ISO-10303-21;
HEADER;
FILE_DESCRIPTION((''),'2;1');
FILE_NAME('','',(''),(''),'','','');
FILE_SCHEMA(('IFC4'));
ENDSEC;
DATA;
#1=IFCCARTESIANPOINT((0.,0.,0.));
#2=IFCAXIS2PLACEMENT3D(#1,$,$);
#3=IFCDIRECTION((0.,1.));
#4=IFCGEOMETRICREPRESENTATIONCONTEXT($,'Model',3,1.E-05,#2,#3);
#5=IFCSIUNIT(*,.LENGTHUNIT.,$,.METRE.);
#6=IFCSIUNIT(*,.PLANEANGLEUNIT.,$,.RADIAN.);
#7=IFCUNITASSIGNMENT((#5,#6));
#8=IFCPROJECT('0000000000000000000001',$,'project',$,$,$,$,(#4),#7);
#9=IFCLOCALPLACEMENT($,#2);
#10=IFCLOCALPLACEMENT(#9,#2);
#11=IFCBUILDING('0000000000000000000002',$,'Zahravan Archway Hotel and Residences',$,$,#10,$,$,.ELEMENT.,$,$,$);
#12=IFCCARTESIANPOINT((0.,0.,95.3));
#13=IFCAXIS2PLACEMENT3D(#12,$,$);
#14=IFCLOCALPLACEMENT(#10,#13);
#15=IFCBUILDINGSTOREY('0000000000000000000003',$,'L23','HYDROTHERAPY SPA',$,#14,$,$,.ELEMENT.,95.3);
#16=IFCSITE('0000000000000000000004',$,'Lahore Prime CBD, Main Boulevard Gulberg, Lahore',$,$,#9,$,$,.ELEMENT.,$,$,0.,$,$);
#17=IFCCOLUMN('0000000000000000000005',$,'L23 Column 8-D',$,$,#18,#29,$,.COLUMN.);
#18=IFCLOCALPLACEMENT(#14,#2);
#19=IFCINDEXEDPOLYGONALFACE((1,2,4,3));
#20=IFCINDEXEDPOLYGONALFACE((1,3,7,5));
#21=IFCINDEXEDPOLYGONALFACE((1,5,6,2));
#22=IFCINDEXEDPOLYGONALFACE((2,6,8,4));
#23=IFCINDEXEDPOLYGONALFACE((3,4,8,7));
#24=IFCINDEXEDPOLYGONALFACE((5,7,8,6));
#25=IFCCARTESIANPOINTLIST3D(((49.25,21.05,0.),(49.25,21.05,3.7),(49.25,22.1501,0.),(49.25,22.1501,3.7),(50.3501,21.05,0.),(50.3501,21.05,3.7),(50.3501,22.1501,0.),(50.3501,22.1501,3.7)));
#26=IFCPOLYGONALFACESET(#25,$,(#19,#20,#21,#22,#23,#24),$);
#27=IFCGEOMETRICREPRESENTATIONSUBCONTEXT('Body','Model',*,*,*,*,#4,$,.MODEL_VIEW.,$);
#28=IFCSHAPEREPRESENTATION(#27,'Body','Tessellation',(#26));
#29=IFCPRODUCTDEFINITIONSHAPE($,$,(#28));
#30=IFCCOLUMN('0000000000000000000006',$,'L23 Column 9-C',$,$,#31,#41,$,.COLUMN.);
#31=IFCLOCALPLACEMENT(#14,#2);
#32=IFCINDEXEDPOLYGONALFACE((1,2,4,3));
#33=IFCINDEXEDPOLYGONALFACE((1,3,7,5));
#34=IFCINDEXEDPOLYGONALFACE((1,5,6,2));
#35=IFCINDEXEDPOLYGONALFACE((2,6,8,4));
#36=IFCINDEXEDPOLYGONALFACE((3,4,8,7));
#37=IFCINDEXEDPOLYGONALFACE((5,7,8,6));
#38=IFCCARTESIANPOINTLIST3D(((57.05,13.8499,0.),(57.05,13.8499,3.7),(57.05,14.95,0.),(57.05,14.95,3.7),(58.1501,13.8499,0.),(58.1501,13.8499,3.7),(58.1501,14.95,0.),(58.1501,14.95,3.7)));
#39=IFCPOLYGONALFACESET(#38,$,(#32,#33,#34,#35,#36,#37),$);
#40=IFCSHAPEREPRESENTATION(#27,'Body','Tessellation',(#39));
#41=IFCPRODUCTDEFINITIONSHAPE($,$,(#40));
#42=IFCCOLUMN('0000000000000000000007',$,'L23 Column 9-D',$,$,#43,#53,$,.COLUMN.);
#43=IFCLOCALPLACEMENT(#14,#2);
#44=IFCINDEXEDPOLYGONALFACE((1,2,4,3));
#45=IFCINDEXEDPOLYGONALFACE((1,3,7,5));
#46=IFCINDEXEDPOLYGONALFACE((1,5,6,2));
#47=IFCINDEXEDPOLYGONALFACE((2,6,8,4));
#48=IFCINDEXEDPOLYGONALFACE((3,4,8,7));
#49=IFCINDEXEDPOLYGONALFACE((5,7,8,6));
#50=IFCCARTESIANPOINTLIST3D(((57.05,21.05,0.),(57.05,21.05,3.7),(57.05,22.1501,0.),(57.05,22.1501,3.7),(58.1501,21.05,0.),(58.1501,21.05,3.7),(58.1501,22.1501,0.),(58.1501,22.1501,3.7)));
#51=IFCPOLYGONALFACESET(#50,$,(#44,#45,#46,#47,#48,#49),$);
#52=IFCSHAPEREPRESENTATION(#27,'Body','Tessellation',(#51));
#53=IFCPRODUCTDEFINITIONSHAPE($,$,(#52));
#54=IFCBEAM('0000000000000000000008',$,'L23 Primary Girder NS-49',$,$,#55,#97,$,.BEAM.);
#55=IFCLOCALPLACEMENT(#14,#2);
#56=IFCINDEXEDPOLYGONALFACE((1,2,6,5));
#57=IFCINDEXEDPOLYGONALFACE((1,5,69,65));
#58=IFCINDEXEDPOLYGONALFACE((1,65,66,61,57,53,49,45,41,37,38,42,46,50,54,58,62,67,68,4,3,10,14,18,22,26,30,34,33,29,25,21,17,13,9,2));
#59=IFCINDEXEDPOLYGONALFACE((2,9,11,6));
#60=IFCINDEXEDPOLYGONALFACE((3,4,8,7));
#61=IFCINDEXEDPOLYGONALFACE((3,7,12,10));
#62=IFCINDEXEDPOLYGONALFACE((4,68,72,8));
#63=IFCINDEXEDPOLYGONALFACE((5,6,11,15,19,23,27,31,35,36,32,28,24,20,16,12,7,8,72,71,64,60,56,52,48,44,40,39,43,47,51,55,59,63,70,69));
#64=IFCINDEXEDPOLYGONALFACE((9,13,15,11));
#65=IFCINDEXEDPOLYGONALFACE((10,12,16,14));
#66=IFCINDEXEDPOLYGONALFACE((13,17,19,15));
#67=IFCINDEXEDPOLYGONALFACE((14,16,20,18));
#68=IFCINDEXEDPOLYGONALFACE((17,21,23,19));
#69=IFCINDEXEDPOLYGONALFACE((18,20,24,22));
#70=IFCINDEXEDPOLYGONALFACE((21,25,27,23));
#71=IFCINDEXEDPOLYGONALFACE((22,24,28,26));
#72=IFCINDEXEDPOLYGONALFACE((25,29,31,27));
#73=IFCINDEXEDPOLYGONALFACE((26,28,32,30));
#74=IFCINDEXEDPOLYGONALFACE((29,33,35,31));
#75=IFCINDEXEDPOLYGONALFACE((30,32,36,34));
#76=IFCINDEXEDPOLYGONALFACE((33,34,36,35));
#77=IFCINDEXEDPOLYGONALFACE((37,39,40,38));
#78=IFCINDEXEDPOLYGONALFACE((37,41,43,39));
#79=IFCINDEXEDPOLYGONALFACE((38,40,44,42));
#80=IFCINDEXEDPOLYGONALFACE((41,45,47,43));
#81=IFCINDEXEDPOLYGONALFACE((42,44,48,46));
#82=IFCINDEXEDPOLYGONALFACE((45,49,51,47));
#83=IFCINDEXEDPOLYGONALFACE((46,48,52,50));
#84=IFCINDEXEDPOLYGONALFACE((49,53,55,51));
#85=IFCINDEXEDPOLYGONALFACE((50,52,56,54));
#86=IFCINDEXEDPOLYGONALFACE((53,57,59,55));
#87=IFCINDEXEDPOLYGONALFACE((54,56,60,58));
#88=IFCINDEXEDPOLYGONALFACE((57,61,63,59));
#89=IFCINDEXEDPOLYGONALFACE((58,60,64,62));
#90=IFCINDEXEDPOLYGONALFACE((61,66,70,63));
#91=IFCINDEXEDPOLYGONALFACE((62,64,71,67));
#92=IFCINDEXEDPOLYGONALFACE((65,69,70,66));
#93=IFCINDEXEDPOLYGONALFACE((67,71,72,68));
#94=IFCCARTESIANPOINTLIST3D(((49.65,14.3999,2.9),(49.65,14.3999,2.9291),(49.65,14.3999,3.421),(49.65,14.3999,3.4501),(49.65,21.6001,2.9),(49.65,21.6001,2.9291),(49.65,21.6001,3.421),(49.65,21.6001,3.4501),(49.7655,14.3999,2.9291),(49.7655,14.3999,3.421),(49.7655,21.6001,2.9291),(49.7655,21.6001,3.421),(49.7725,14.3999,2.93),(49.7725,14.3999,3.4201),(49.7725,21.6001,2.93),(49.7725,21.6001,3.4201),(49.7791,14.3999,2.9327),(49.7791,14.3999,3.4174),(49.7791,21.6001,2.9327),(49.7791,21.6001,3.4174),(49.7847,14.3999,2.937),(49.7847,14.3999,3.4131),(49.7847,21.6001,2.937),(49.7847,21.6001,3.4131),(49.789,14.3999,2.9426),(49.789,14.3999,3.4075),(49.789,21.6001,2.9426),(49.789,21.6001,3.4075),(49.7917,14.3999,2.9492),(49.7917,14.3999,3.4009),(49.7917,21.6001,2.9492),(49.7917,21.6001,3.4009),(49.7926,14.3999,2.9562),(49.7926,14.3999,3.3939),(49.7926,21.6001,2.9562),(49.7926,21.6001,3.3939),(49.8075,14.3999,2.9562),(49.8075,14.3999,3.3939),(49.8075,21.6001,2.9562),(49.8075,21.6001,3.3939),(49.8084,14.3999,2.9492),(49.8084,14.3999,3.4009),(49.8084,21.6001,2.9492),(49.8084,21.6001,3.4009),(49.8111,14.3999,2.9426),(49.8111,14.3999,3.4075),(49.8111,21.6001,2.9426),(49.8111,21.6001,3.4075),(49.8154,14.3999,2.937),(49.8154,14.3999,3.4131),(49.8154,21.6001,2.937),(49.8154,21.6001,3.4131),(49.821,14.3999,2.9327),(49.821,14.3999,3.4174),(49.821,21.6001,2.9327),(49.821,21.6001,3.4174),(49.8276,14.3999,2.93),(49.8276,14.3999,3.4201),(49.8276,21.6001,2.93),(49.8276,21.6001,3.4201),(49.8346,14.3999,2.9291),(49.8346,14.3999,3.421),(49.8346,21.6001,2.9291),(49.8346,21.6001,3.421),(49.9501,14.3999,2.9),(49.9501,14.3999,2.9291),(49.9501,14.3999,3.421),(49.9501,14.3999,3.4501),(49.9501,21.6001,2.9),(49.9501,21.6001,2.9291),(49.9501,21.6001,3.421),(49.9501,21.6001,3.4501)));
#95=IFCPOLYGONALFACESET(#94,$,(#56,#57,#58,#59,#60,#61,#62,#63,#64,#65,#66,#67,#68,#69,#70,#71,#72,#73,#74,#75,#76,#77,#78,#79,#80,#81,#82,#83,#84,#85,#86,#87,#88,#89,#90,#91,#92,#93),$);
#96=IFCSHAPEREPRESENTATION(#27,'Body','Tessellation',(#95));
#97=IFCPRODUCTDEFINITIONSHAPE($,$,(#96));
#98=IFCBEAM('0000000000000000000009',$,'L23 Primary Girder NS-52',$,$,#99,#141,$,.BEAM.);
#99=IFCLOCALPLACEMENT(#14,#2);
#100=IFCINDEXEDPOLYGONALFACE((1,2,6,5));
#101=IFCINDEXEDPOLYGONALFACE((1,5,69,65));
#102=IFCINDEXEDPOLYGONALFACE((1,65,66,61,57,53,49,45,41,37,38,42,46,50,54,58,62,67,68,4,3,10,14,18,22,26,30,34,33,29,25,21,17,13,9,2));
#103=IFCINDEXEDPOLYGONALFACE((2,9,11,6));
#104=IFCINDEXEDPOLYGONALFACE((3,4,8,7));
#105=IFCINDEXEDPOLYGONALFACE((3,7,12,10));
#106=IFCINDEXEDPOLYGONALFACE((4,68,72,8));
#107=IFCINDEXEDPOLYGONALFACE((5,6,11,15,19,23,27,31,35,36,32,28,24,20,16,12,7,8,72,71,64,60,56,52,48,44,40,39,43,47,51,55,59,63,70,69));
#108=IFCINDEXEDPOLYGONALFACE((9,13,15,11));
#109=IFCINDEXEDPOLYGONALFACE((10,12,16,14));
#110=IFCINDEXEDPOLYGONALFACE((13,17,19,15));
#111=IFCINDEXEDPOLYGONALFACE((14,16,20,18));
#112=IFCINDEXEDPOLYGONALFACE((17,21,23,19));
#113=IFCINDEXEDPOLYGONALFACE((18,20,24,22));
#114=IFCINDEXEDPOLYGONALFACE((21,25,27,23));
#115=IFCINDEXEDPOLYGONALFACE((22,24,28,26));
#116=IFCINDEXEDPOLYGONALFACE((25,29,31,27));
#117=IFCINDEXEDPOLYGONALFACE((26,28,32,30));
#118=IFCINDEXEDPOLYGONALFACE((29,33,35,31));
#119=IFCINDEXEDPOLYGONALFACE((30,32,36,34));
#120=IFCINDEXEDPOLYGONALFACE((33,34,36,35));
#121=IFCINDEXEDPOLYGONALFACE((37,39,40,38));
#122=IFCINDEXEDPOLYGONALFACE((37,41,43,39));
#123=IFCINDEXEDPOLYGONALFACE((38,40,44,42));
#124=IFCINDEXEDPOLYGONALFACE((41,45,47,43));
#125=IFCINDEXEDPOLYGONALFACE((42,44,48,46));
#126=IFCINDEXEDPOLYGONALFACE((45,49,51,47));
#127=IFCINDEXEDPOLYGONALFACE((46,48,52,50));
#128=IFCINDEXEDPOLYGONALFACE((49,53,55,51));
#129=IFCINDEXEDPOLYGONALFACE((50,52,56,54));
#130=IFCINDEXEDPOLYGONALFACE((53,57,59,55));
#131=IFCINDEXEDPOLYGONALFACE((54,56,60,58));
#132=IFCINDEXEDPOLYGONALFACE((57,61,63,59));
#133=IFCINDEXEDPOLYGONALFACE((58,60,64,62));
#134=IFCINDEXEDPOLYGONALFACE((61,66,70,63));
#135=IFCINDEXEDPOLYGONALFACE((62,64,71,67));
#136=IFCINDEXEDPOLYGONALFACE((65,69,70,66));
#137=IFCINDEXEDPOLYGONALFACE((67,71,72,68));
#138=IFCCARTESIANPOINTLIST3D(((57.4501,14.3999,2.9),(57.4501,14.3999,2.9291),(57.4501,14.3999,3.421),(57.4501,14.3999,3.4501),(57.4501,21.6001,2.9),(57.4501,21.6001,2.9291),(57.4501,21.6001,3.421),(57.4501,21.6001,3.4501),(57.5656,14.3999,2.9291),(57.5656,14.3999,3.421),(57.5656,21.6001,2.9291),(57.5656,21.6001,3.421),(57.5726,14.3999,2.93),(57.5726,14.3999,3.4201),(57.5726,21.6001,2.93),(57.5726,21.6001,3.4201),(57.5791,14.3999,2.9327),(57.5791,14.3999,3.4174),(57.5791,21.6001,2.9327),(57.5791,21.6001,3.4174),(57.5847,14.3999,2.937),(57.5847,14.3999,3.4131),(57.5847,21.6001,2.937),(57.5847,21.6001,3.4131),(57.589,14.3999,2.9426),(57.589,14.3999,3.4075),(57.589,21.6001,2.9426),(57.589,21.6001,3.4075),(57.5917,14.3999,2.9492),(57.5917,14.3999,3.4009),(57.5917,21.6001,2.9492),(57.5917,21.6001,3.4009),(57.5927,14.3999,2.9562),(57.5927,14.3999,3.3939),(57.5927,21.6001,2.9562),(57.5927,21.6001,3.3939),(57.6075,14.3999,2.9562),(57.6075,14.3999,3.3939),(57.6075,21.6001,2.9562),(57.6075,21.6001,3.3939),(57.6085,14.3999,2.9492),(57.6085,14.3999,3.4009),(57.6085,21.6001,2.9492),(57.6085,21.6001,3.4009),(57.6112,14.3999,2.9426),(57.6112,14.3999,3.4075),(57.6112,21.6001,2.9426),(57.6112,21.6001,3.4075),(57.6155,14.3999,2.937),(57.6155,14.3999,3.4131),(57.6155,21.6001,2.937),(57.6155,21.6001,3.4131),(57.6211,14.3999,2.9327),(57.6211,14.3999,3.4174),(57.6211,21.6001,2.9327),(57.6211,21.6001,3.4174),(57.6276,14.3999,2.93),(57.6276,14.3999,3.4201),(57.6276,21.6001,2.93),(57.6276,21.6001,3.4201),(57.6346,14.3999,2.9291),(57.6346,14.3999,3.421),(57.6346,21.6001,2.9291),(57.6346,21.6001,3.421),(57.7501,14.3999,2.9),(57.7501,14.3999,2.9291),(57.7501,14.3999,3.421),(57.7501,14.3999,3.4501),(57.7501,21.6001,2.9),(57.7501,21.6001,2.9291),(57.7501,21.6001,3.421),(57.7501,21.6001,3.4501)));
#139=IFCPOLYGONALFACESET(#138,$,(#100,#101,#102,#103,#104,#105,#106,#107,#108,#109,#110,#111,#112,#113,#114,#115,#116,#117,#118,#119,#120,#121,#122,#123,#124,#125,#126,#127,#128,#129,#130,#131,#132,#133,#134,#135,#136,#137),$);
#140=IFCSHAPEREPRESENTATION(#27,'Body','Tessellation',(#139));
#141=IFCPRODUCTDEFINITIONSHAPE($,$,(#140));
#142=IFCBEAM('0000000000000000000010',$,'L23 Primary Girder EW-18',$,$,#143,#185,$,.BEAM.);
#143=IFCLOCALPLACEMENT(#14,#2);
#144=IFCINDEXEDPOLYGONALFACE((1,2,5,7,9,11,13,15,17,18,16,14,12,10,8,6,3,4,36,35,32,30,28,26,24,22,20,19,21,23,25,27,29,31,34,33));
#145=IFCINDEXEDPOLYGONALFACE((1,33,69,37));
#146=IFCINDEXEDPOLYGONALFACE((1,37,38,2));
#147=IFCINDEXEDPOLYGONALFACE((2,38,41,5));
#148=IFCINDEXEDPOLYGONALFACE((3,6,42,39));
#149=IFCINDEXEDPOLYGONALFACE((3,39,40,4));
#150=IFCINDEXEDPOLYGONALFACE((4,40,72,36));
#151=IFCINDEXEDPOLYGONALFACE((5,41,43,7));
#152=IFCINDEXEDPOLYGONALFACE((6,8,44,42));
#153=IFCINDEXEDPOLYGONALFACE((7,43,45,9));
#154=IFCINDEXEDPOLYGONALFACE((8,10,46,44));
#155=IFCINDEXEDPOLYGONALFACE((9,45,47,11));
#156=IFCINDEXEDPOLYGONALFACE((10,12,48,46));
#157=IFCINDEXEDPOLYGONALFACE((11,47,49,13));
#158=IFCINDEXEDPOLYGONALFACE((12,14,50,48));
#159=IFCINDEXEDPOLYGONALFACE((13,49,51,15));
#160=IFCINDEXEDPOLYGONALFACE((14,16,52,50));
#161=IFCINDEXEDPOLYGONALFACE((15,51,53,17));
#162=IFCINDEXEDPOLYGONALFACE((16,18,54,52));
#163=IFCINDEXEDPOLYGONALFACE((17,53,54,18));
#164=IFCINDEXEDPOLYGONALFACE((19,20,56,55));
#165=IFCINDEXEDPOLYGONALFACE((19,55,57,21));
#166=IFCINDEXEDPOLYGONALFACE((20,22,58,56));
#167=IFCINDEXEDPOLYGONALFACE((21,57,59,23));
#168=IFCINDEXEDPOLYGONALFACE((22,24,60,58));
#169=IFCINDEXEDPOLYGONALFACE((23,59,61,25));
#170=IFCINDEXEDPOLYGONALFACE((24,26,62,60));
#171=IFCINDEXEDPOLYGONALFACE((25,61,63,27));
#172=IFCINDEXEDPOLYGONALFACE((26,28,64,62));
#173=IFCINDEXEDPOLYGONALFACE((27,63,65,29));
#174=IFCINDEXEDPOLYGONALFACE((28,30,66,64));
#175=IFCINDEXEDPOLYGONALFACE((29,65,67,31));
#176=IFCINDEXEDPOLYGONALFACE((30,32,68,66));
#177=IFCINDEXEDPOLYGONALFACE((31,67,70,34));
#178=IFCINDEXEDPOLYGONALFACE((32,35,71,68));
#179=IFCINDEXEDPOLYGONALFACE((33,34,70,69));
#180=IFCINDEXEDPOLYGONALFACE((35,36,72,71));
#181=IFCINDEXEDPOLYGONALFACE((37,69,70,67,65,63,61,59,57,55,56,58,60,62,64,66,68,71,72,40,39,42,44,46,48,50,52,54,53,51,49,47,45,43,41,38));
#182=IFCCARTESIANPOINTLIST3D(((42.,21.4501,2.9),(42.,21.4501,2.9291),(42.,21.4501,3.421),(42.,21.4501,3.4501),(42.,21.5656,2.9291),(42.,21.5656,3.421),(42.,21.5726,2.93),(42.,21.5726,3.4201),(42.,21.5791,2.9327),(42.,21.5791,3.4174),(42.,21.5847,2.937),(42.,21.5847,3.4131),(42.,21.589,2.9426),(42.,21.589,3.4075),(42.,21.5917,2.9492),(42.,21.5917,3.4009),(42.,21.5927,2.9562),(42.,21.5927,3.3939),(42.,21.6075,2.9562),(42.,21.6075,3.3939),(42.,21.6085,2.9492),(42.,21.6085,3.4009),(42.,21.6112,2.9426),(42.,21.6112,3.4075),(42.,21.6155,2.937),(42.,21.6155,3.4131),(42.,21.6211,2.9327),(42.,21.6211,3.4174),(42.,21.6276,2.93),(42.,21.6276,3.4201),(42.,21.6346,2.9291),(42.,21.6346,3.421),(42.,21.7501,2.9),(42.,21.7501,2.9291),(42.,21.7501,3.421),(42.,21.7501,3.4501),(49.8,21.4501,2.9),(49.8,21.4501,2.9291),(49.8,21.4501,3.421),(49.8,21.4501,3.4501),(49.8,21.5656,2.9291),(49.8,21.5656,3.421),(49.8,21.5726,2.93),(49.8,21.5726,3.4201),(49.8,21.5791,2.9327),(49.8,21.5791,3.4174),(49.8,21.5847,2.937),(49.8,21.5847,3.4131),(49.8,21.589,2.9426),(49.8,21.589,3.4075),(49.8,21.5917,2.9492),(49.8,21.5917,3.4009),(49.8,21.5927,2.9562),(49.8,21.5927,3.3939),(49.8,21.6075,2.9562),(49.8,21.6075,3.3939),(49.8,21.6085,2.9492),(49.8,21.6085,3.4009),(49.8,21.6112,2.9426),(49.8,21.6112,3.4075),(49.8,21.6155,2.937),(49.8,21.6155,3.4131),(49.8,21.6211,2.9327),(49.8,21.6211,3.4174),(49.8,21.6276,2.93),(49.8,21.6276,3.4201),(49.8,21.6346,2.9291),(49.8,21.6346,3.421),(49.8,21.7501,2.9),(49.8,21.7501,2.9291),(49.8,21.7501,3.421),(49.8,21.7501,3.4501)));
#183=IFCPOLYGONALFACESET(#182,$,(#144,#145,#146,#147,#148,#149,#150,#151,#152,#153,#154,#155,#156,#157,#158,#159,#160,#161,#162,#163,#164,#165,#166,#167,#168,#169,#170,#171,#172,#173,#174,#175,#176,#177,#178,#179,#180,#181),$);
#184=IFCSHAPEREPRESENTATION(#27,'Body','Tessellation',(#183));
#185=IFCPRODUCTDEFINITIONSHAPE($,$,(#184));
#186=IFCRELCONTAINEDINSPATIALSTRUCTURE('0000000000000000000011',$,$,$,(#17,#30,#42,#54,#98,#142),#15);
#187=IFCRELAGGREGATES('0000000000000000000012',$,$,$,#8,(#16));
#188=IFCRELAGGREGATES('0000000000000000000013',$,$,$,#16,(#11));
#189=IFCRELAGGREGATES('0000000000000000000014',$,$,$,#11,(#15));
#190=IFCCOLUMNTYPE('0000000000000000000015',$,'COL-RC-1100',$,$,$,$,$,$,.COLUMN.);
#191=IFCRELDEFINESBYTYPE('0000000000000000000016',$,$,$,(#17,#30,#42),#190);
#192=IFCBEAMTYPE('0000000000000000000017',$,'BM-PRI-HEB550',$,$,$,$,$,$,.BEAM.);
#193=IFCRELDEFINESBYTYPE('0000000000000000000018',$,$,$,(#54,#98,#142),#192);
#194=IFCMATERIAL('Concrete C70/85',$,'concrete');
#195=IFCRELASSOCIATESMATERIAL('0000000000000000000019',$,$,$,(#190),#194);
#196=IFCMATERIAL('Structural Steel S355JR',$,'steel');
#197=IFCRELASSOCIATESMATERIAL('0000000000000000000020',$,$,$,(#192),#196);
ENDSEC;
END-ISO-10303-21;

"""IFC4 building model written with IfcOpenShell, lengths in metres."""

from ifc_helpers import new_model, si_unit, direction, frame, origin, origin_2d, place, context, subcontext, project, spatial, rectangle, i_section, extrude, source, transform, mapped, material, material_profile, profile_set, type_object, type_shapes, element, save


model = new_model("IFC4")

# Units and contexts
model_context = context("Model", 3, precision=1e-05, world=origin(), true_north=direction((0.0, 1.0)))
body_context = subcontext(model_context, "Body", "Model", "MODEL_VIEW")
ifc_project = project(units=[si_unit("LENGTHUNIT", "METRE"), si_unit("PLANEANGLEUNIT", "RADIAN")], contexts=[model_context])

# Site, building, storey
site_placement = place(None, origin())
site = spatial("IfcSite", under=ifc_project, at=site_placement, Name="Lahore Prime CBD, Main Boulevard Gulberg, Lahore", CompositionType="ELEMENT", RefElevation=0.0)
building_placement = place(site_placement, origin())
building = spatial("IfcBuilding", under=site, at=building_placement, Name="Zahravan Archway Hotel and Residences", CompositionType="ELEMENT")
storey_placement = place(building_placement, frame((0.0, 0.0, 95.3)))
storey = spatial("IfcBuildingStorey", under=building, at=storey_placement, Name="L23", Description="HYDROTHERAPY SPA", CompositionType="ELEMENT", Elevation=95.3)

# Columns
ifc_material_1 = material(Name="Concrete C70/85", Category="concrete")
ifc_material_profile_1 = material_profile(ifc_material_1, rectangle(XDim=1.1001, YDim=1.1001, at=origin_2d()), Name="RC 1100x1100", Category="concrete")
ifc_profile_set_1 = profile_set([ifc_material_profile_1], Name="Concrete C70/85")
column_type = type_object("IfcColumnType", Name="COL-RC-1100", PredefinedType="COLUMN", material=ifc_profile_set_1)
shared_shape_1 = source(origin(), body_context, "Body", "SweptSolid", [
    extrude(rectangle(XDim=1.1001, YDim=1.1001, at=origin_2d()), origin(), (0.0, 0.0, 1.0), 3.7),
])
for number, where, z_axis, x_axis, name in (
    (1, (49.8, 21.6001, 0.0), (0.0, 0.0, 1.0), (1.0, 0.0, 0.0), "L23 Column 8-D"),
    (2, (57.6001, 14.3999, 0.0), (0.0, 0.0, 1.0), (1.0, 0.0, 0.0), "L23 Column 9-C"),
    (3, (57.6001, 21.6001, 0.0), (0.0, 0.0, 1.0), (1.0, 0.0, 0.0), "L23 Column 9-D"),
):
    element("IfcColumn", number, at=place(storey_placement, frame(where, z_axis=z_axis, x_axis=x_axis)), inside=storey, type_object=column_type, Name=name, PredefinedType="COLUMN", context=body_context, shape_type="MappedRepresentation", body=[
        mapped(shared_shape_1, transform((0.0, 0.0, 0.0), scale=1.0)),
    ])

# Beams
ifc_material_2 = material(Name="Structural Steel S355JR", Category="steel")
ifc_material_profile_2 = material_profile(ifc_material_2, i_section(OverallWidth=0.3, OverallDepth=0.55, WebThickness=0.0149, FlangeThickness=0.0291, FilletRadius=0.0271, at=origin_2d()), Name="HEB 550", Category="steel")
ifc_profile_set_2 = profile_set([ifc_material_profile_2], Name="Structural Steel S355JR")
beam_type_1 = type_object("IfcBeamType", Name="BM-PRI-HEB550", PredefinedType="BEAM", material=ifc_profile_set_2)
shared_shape_2 = source(origin(), body_context, "Body", "SweptSolid", [
    extrude(i_section(OverallWidth=0.3, OverallDepth=0.55, WebThickness=0.0149, FlangeThickness=0.0291, FilletRadius=0.0271, at=origin_2d()), origin(), (0.0, 0.0, 1.0), 7.2002),
])
type_shapes(beam_type_1, [shared_shape_2])
for number, where, z_axis, x_axis, name in (
    (4, (49.8, 14.3999, 3.175), (0.0, 1.0, 0.0), (-1.0, 0.0, 0.0), "L23 Primary Girder NS-49"),
    (5, (57.6001, 14.3999, 3.175), (0.0, 1.0, 0.0), (-1.0, 0.0, 0.0), "L23 Primary Girder NS-52"),
):
    element("IfcBeam", number, at=place(storey_placement, frame(where, z_axis=z_axis, x_axis=x_axis)), inside=storey, type_object=beam_type_1, Name=name, PredefinedType="BEAM", context=body_context, shape_type="MappedRepresentation", body=[
        mapped(shared_shape_2, transform((0.0, 0.0, 0.0), scale=1.0)),
    ])
shared_shape_3 = source(origin(), body_context, "Body", "SweptSolid", [
    extrude(i_section(OverallWidth=0.3, OverallDepth=0.55, WebThickness=0.0149, FlangeThickness=0.0291, FilletRadius=0.0271, at=origin_2d()), origin(), (0.0, 0.0, 1.0), 7.8),
])
for number, where, z_axis, x_axis, name in (
    (6, (42.0, 21.6001, 3.175), (1.0, 0.0, 0.0), (0.0, 1.0, 0.0), "L23 Primary Girder EW-18"),
):
    element("IfcBeam", number, at=place(storey_placement, frame(where, z_axis=z_axis, x_axis=x_axis)), inside=storey, type_object=beam_type_1, Name=name, PredefinedType="BEAM", context=body_context, shape_type="MappedRepresentation", body=[
        mapped(shared_shape_3, transform((0.0, 0.0, 0.0), scale=1.0)),
    ])

save(model, "model.ifc")
